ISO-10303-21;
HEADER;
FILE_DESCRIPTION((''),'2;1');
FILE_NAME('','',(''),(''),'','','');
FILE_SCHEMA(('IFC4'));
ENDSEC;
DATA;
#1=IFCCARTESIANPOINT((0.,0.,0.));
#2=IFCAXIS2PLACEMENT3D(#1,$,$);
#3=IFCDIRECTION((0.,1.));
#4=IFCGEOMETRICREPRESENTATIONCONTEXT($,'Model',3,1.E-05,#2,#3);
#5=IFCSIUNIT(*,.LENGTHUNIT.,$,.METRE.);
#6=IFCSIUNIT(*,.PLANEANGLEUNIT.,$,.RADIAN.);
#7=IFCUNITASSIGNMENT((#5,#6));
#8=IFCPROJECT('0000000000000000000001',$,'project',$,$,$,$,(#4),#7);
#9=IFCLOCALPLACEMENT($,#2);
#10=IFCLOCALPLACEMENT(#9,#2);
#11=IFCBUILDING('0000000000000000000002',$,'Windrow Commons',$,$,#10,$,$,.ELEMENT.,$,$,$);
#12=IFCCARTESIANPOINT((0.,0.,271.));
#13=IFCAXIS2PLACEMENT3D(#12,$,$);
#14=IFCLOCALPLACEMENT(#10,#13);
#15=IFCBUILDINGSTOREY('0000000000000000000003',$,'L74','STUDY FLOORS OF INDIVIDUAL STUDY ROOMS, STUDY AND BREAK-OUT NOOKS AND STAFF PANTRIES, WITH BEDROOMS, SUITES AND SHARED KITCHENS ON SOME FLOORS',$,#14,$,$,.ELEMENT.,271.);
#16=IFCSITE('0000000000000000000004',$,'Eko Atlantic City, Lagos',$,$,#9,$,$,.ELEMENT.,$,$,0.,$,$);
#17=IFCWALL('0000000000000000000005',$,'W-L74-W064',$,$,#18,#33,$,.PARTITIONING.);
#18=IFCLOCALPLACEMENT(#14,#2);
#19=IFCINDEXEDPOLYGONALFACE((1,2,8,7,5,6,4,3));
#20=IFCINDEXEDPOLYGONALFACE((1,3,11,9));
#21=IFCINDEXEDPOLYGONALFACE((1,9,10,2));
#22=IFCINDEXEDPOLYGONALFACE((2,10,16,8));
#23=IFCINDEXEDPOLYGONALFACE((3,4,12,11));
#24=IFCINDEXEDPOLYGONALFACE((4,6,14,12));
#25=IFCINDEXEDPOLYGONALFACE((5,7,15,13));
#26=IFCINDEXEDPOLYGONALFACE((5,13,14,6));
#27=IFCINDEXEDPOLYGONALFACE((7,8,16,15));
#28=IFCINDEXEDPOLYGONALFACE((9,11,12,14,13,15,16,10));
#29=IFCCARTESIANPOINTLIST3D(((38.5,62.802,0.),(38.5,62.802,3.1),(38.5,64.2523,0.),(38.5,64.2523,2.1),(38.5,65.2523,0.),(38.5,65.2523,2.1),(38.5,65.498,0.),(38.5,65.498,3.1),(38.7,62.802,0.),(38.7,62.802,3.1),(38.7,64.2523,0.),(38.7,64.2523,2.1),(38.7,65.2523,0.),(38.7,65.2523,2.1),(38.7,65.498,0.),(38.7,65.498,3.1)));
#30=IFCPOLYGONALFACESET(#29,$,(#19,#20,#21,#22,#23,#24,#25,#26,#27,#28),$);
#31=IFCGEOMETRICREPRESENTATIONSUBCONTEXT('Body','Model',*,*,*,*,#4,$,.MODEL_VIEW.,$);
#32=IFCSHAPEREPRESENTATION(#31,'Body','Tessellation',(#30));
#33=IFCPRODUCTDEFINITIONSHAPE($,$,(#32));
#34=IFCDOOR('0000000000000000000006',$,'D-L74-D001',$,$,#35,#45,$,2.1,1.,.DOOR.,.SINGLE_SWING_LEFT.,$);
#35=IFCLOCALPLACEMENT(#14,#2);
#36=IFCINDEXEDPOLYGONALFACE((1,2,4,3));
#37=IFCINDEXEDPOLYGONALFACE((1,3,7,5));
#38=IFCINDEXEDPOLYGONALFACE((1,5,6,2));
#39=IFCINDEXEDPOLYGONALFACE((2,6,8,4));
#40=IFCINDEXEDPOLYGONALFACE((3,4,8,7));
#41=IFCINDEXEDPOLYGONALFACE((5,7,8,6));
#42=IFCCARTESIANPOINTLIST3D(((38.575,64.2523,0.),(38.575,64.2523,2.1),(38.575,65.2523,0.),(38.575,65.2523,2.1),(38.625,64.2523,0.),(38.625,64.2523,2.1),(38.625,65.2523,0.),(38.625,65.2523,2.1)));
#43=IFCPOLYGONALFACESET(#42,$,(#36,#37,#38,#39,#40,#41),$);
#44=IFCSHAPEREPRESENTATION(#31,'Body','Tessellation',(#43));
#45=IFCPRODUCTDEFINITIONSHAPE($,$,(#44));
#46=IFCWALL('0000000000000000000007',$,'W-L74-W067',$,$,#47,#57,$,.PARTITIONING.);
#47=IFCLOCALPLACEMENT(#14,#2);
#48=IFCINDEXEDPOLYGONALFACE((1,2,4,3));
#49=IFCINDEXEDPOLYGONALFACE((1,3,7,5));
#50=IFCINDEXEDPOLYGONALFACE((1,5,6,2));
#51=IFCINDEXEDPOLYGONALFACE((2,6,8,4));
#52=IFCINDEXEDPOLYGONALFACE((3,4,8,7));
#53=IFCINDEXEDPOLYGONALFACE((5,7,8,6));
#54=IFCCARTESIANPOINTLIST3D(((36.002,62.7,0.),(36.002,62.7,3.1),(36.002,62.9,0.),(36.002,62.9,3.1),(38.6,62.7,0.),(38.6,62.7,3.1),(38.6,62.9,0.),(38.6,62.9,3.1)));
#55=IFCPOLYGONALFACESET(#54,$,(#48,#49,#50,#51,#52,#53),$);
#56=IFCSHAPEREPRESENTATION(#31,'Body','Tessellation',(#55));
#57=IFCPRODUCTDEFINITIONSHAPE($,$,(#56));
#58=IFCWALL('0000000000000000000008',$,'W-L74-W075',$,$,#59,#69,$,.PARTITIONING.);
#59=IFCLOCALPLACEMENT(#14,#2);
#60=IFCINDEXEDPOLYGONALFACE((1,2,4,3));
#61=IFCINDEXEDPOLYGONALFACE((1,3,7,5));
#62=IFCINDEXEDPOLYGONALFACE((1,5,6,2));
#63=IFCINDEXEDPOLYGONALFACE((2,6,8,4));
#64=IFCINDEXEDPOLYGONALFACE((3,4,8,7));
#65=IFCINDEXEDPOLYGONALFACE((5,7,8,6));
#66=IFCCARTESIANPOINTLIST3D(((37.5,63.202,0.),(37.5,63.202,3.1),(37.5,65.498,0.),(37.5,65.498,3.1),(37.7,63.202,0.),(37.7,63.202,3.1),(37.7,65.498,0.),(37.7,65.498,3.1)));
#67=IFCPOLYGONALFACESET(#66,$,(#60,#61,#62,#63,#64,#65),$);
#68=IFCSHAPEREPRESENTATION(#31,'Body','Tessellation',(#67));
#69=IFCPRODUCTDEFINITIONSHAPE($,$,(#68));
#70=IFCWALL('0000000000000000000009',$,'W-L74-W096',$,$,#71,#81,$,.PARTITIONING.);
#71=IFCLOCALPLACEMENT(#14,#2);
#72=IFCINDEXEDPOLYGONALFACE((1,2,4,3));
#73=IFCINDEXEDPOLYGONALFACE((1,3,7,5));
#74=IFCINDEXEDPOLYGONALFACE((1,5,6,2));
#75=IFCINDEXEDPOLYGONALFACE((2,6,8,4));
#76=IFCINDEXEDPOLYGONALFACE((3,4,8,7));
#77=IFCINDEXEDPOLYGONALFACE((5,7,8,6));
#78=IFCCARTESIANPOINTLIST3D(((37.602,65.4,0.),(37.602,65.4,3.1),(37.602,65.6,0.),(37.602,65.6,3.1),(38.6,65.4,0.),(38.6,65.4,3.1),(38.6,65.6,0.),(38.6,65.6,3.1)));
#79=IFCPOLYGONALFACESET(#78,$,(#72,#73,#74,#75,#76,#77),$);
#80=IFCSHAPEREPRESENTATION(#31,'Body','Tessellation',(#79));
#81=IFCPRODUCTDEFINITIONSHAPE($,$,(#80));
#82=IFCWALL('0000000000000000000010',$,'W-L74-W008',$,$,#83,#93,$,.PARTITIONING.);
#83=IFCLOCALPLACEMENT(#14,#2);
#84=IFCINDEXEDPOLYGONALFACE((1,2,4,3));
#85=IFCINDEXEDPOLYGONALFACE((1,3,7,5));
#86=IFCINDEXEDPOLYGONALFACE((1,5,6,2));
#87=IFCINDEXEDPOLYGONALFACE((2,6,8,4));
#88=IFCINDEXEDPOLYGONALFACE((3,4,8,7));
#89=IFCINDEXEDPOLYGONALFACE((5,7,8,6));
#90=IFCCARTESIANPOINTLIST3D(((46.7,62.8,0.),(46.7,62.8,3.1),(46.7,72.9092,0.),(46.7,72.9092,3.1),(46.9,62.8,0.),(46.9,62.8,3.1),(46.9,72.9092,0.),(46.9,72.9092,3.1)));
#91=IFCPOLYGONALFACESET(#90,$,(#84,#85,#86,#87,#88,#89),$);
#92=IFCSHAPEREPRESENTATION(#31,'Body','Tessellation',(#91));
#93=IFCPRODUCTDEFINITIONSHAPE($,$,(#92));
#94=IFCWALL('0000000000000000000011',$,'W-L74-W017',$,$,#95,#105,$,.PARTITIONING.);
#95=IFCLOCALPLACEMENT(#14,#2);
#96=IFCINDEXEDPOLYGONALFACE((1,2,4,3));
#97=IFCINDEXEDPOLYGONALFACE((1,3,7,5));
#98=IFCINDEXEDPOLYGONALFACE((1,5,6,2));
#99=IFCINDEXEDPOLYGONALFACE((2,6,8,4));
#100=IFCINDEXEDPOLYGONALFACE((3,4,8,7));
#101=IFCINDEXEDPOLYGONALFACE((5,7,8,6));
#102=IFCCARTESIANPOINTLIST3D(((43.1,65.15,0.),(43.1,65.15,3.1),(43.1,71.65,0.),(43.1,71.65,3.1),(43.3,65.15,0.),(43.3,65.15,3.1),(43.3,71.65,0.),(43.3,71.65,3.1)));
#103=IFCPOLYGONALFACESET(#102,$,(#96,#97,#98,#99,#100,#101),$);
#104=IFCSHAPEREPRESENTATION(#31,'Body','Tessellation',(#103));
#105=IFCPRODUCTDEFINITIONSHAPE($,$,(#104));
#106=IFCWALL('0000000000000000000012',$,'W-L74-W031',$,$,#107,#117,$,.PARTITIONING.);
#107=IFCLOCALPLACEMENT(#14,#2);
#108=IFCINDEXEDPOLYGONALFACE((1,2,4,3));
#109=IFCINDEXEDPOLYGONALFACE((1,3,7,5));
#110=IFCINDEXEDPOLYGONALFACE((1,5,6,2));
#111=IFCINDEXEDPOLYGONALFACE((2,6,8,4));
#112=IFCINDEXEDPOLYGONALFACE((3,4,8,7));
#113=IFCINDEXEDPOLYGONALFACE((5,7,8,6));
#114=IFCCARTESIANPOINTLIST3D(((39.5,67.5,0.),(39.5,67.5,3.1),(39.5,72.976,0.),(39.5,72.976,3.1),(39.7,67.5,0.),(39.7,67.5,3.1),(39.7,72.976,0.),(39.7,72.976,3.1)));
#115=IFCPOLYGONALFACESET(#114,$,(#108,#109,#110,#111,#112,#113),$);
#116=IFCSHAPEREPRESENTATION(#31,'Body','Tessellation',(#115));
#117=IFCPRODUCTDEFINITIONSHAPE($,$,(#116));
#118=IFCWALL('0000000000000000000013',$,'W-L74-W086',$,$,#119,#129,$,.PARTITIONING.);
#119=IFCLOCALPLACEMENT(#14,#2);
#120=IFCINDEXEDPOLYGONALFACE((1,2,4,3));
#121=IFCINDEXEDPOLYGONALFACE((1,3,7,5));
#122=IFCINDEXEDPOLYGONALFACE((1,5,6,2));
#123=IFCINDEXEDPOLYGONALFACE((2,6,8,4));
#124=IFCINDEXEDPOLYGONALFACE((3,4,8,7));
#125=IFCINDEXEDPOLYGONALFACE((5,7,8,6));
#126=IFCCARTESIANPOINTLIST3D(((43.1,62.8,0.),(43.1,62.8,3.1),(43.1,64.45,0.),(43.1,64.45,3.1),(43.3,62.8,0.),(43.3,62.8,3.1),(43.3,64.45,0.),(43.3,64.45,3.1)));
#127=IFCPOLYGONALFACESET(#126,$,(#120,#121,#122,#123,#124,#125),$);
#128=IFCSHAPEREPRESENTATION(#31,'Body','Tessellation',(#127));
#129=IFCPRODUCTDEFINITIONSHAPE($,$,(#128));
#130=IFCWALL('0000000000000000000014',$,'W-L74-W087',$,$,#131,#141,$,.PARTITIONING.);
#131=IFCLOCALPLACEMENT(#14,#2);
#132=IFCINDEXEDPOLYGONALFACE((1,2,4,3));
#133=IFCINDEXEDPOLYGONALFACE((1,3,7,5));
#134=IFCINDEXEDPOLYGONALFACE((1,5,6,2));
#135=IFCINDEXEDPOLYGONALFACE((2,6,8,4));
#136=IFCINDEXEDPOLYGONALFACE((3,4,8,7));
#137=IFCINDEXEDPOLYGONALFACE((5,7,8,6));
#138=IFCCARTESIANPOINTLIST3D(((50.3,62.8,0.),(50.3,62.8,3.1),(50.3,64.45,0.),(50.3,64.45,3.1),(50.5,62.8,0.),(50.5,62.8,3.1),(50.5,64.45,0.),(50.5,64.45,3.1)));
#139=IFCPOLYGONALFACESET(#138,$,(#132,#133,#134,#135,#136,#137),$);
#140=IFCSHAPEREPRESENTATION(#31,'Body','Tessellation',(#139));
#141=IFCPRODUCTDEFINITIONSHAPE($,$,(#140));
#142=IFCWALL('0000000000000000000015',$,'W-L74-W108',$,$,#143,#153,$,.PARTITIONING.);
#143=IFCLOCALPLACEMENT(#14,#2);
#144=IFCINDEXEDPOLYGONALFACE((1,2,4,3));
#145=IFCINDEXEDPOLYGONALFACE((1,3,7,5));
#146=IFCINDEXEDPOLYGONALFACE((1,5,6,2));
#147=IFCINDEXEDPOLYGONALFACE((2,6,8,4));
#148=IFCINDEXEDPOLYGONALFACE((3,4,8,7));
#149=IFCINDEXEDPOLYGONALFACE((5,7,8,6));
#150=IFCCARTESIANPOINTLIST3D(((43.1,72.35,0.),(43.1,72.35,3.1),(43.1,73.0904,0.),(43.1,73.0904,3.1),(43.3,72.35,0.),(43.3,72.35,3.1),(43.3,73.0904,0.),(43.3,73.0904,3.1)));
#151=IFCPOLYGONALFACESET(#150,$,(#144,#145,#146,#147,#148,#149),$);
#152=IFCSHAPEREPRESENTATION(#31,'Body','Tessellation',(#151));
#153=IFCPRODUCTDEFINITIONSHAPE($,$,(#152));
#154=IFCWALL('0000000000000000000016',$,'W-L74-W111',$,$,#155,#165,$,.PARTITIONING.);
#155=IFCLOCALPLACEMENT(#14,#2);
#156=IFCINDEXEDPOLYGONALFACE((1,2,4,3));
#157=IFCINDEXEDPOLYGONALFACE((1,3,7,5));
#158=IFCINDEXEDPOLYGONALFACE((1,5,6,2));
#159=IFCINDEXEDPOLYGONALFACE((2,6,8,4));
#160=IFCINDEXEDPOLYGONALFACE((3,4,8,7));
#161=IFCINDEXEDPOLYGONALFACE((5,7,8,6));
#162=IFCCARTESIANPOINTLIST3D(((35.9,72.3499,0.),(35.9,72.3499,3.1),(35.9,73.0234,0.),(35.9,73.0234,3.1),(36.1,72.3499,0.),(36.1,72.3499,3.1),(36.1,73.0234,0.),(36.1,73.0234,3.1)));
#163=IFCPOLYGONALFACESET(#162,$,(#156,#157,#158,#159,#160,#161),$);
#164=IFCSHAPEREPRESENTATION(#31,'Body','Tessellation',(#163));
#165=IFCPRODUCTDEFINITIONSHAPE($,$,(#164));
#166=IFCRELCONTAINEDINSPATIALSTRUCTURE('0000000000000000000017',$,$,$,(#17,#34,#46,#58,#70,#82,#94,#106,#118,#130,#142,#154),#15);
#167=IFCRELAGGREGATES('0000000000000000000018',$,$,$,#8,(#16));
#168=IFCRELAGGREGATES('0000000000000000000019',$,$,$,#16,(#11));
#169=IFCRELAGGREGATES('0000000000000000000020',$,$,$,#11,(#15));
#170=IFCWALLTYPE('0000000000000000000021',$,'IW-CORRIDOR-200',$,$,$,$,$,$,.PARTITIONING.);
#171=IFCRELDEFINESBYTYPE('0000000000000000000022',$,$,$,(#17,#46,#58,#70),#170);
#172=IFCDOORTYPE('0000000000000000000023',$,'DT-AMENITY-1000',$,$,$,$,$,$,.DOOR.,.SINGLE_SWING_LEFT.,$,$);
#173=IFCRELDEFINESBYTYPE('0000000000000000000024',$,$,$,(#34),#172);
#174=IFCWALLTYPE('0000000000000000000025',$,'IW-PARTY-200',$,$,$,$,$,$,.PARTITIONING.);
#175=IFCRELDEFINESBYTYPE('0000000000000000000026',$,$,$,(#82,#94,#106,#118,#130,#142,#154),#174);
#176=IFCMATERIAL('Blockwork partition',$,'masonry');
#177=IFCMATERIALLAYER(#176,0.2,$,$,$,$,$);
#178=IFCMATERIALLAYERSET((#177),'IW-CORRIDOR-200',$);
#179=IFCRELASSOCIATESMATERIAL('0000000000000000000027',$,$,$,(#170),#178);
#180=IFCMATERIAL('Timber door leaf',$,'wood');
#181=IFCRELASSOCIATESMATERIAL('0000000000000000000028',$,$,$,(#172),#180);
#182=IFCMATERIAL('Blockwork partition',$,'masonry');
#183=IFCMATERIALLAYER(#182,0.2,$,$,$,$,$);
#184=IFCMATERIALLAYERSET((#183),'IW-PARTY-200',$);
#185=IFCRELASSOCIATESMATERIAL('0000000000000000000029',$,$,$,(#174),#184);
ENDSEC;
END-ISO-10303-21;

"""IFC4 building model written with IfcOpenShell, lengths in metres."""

from ifc_helpers import new_model, si_unit, direction, frame, frame_2d, origin, place, context, subcontext, project, spatial, rectangle, extrude, material, layer, layer_set, type_object, element, fill, save


model = new_model("IFC4")

# Units and contexts
model_context = context("Model", 3, precision=1e-05, world=origin(), true_north=direction((0.0, 1.0)))
body_context = subcontext(model_context, "Body", "Model", "MODEL_VIEW")
ifc_project = project(units=[si_unit("LENGTHUNIT", "METRE"), si_unit("PLANEANGLEUNIT", "RADIAN")], contexts=[model_context])

# Site, building, storey
site_placement = place(None, origin())
site = spatial("IfcSite", under=ifc_project, at=site_placement, Name="Eko Atlantic City, Lagos", CompositionType="ELEMENT", RefElevation=0.0)
building_placement = place(site_placement, origin())
building = spatial("IfcBuilding", under=site, at=building_placement, Name="Windrow Commons", CompositionType="ELEMENT")
storey_placement = place(building_placement, frame((0.0, 0.0, 271.0)))
storey = spatial("IfcBuildingStorey", under=building, at=storey_placement, Name="L74", Description="STUDY FLOORS OF INDIVIDUAL STUDY ROOMS, STUDY AND BREAK-OUT NOOKS AND STAFF PANTRIES, WITH BEDROOMS, SUITES AND SHARED KITCHENS ON SOME FLOORS", CompositionType="ELEMENT", Elevation=271.0)

# Shared definitions
ifc_material_1 = material(Name="Blockwork partition", Category="masonry")
ifc_layer_1 = layer(ifc_material_1, 0.2)
ifc_layer_set_1 = layer_set([ifc_layer_1], Name="IW-CORRIDOR-200")
wall_type_1 = type_object("IfcWallType", Name="IW-CORRIDOR-200", PredefinedType="PARTITIONING", material=ifc_layer_set_1)
ifc_material_2 = material(Name="Timber door leaf", Category="wood")
door_type = type_object("IfcDoorType", Name="DT-AMENITY-1000", OperationType="SINGLE_SWING_LEFT", PredefinedType="DOOR", material=ifc_material_2)

# Wall, opening, door
wall_1_placement = place(storey_placement, frame((38.6, 62.802, 0.0), z_axis=(0.0, 0.0, 1.0), x_axis=(0.0, 1.0, 0.0)))
wall_1 = element("IfcWall", 1, at=wall_1_placement, inside=storey, type_object=wall_type_1, Name="W-L74-W064", PredefinedType="PARTITIONING", context=body_context, shape_type="SweptSolid", body=[
    extrude(rectangle(XDim=2.696, YDim=0.2, at=frame_2d((1.348, 0.0))), origin(), (0.0, 0.0, 1.0), 3.1),
])
opening_1_placement = place(wall_1_placement, frame((1.4503, 0.0, 0.0)))
opening_1 = element("IfcOpeningElement", 2, at=opening_1_placement, cuts=wall_1, PredefinedType="OPENING", context=body_context, shape_type="SweptSolid", body=[
    extrude(rectangle(XDim=1.0, YDim=2.1, at=frame_2d((0.5, 1.05))), frame((0.0, 0.11, 0.0), z_axis=(0.0, -1.0, 0.0), x_axis=(1.0, 0.0, 0.0)), (0.0, 0.0, 1.0), 0.22),
])
door_1_placement = place(opening_1_placement, origin())
door_1 = element("IfcDoor", 3, at=door_1_placement, inside=storey, type_object=door_type, Name="D-L74-D001", OperationType="SINGLE_SWING_LEFT", OverallHeight=2.1, OverallWidth=1.0, PredefinedType="DOOR", context=body_context, shape_type="SweptSolid", body=[
    extrude(rectangle(XDim=1.0, YDim=2.1, at=frame_2d((0.5, 1.05))), frame((0.0, 0.025, 0.0), z_axis=(0.0, -1.0, 0.0), x_axis=(1.0, 0.0, 0.0)), (0.0, 0.0, 1.0), 0.05),
])
fill(opening_1, door_1)

# Walls
wall_2_placement = place(storey_placement, frame((36.002, 62.8, 0.0), z_axis=(0.0, 0.0, 1.0), x_axis=(1.0, 0.0, 0.0)))
element("IfcWall", 4, at=wall_2_placement, inside=storey, type_object=wall_type_1, Name="W-L74-W067", PredefinedType="PARTITIONING", context=body_context, shape_type="SweptSolid", body=[
    extrude(rectangle(XDim=2.598, YDim=0.2, at=frame_2d((1.299, 0.0))), origin(), (0.0, 0.0, 1.0), 3.1),
])
wall_3_placement = place(storey_placement, frame((37.6, 63.202, 0.0), z_axis=(0.0, 0.0, 1.0), x_axis=(0.0, 1.0, 0.0)))
element("IfcWall", 5, at=wall_3_placement, inside=storey, type_object=wall_type_1, Name="W-L74-W075", PredefinedType="PARTITIONING", context=body_context, shape_type="SweptSolid", body=[
    extrude(rectangle(XDim=2.296, YDim=0.2, at=frame_2d((1.148, 0.0))), origin(), (0.0, 0.0, 1.0), 3.1),
])
wall_4_placement = place(storey_placement, frame((37.602, 65.5, 0.0), z_axis=(0.0, 0.0, 1.0), x_axis=(1.0, 0.0, 0.0)))
element("IfcWall", 6, at=wall_4_placement, inside=storey, type_object=wall_type_1, Name="W-L74-W096", PredefinedType="PARTITIONING", context=body_context, shape_type="SweptSolid", body=[
    extrude(rectangle(XDim=0.998, YDim=0.2, at=frame_2d((0.499, 0.0))), origin(), (0.0, 0.0, 1.0), 3.1),
])
ifc_material_3 = material(Name="Blockwork partition", Category="masonry")
ifc_layer_2 = layer(ifc_material_3, 0.2)
ifc_layer_set_2 = layer_set([ifc_layer_2], Name="IW-PARTY-200")
wall_type_2 = type_object("IfcWallType", Name="IW-PARTY-200", PredefinedType="PARTITIONING", material=ifc_layer_set_2)
wall_5_placement = place(storey_placement, frame((46.8, 62.8, 0.0), z_axis=(0.0, 0.0, 1.0), x_axis=(0.0, 1.0, 0.0)))
element("IfcWall", 7, at=wall_5_placement, inside=storey, type_object=wall_type_2, Name="W-L74-W008", PredefinedType="PARTITIONING", context=body_context, shape_type="SweptSolid", body=[
    extrude(rectangle(XDim=10.1093, YDim=0.2, at=frame_2d((5.0546, 0.0))), origin(), (0.0, 0.0, 1.0), 3.1),
])
wall_6_placement = place(storey_placement, frame((43.2, 65.15, 0.0), z_axis=(0.0, 0.0, 1.0), x_axis=(0.0, 1.0, 0.0)))
element("IfcWall", 8, at=wall_6_placement, inside=storey, type_object=wall_type_2, Name="W-L74-W017", PredefinedType="PARTITIONING", context=body_context, shape_type="SweptSolid", body=[
    extrude(rectangle(XDim=6.5, YDim=0.2, at=frame_2d((3.25, 0.0))), origin(), (0.0, 0.0, 1.0), 3.1),
])
wall_7_placement = place(storey_placement, frame((39.6, 67.5, 0.0), z_axis=(0.0, 0.0, 1.0), x_axis=(0.0, 1.0, 0.0)))
element("IfcWall", 9, at=wall_7_placement, inside=storey, type_object=wall_type_2, Name="W-L74-W031", PredefinedType="PARTITIONING", context=body_context, shape_type="SweptSolid", body=[
    extrude(rectangle(XDim=5.4761, YDim=0.2, at=frame_2d((2.738, 0.0))), origin(), (0.0, 0.0, 1.0), 3.1),
])
for number, where, z_axis, x_axis, name in (
    (10, (43.2, 62.8, 0.0), (0.0, 0.0, 1.0), (0.0, 1.0, 0.0), "W-L74-W086"),
    (11, (50.4, 62.8, 0.0), (0.0, 0.0, 1.0), (0.0, 1.0, 0.0), "W-L74-W087"),
):
    element("IfcWall", number, at=place(storey_placement, frame(where, z_axis=z_axis, x_axis=x_axis)), inside=storey, type_object=wall_type_2, Name=name, PredefinedType="PARTITIONING", context=body_context, shape_type="SweptSolid", body=[
        extrude(rectangle(XDim=1.65, YDim=0.2, at=frame_2d((0.825, 0.0))), origin(), (0.0, 0.0, 1.0), 3.1),
    ])
wall_8_placement = place(storey_placement, frame((43.2, 72.35, 0.0), z_axis=(0.0, 0.0, 1.0), x_axis=(0.0, 1.0, 0.0)))
element("IfcWall", 12, at=wall_8_placement, inside=storey, type_object=wall_type_2, Name="W-L74-W108", PredefinedType="PARTITIONING", context=body_context, shape_type="SweptSolid", body=[
    extrude(rectangle(XDim=0.7404, YDim=0.2, at=frame_2d((0.3702, 0.0))), origin(), (0.0, 0.0, 1.0), 3.1),
])
wall_9_placement = place(storey_placement, frame((36.0, 72.35, 0.0), z_axis=(0.0, 0.0, 1.0), x_axis=(0.0, 1.0, 0.0)))
element("IfcWall", 13, at=wall_9_placement, inside=storey, type_object=wall_type_2, Name="W-L74-W111", PredefinedType="PARTITIONING", context=body_context, shape_type="SweptSolid", body=[
    extrude(rectangle(XDim=0.6735, YDim=0.2, at=frame_2d((0.3367, 0.0))), origin(), (0.0, 0.0, 1.0), 3.1),
])

save(model, "model.ifc")
